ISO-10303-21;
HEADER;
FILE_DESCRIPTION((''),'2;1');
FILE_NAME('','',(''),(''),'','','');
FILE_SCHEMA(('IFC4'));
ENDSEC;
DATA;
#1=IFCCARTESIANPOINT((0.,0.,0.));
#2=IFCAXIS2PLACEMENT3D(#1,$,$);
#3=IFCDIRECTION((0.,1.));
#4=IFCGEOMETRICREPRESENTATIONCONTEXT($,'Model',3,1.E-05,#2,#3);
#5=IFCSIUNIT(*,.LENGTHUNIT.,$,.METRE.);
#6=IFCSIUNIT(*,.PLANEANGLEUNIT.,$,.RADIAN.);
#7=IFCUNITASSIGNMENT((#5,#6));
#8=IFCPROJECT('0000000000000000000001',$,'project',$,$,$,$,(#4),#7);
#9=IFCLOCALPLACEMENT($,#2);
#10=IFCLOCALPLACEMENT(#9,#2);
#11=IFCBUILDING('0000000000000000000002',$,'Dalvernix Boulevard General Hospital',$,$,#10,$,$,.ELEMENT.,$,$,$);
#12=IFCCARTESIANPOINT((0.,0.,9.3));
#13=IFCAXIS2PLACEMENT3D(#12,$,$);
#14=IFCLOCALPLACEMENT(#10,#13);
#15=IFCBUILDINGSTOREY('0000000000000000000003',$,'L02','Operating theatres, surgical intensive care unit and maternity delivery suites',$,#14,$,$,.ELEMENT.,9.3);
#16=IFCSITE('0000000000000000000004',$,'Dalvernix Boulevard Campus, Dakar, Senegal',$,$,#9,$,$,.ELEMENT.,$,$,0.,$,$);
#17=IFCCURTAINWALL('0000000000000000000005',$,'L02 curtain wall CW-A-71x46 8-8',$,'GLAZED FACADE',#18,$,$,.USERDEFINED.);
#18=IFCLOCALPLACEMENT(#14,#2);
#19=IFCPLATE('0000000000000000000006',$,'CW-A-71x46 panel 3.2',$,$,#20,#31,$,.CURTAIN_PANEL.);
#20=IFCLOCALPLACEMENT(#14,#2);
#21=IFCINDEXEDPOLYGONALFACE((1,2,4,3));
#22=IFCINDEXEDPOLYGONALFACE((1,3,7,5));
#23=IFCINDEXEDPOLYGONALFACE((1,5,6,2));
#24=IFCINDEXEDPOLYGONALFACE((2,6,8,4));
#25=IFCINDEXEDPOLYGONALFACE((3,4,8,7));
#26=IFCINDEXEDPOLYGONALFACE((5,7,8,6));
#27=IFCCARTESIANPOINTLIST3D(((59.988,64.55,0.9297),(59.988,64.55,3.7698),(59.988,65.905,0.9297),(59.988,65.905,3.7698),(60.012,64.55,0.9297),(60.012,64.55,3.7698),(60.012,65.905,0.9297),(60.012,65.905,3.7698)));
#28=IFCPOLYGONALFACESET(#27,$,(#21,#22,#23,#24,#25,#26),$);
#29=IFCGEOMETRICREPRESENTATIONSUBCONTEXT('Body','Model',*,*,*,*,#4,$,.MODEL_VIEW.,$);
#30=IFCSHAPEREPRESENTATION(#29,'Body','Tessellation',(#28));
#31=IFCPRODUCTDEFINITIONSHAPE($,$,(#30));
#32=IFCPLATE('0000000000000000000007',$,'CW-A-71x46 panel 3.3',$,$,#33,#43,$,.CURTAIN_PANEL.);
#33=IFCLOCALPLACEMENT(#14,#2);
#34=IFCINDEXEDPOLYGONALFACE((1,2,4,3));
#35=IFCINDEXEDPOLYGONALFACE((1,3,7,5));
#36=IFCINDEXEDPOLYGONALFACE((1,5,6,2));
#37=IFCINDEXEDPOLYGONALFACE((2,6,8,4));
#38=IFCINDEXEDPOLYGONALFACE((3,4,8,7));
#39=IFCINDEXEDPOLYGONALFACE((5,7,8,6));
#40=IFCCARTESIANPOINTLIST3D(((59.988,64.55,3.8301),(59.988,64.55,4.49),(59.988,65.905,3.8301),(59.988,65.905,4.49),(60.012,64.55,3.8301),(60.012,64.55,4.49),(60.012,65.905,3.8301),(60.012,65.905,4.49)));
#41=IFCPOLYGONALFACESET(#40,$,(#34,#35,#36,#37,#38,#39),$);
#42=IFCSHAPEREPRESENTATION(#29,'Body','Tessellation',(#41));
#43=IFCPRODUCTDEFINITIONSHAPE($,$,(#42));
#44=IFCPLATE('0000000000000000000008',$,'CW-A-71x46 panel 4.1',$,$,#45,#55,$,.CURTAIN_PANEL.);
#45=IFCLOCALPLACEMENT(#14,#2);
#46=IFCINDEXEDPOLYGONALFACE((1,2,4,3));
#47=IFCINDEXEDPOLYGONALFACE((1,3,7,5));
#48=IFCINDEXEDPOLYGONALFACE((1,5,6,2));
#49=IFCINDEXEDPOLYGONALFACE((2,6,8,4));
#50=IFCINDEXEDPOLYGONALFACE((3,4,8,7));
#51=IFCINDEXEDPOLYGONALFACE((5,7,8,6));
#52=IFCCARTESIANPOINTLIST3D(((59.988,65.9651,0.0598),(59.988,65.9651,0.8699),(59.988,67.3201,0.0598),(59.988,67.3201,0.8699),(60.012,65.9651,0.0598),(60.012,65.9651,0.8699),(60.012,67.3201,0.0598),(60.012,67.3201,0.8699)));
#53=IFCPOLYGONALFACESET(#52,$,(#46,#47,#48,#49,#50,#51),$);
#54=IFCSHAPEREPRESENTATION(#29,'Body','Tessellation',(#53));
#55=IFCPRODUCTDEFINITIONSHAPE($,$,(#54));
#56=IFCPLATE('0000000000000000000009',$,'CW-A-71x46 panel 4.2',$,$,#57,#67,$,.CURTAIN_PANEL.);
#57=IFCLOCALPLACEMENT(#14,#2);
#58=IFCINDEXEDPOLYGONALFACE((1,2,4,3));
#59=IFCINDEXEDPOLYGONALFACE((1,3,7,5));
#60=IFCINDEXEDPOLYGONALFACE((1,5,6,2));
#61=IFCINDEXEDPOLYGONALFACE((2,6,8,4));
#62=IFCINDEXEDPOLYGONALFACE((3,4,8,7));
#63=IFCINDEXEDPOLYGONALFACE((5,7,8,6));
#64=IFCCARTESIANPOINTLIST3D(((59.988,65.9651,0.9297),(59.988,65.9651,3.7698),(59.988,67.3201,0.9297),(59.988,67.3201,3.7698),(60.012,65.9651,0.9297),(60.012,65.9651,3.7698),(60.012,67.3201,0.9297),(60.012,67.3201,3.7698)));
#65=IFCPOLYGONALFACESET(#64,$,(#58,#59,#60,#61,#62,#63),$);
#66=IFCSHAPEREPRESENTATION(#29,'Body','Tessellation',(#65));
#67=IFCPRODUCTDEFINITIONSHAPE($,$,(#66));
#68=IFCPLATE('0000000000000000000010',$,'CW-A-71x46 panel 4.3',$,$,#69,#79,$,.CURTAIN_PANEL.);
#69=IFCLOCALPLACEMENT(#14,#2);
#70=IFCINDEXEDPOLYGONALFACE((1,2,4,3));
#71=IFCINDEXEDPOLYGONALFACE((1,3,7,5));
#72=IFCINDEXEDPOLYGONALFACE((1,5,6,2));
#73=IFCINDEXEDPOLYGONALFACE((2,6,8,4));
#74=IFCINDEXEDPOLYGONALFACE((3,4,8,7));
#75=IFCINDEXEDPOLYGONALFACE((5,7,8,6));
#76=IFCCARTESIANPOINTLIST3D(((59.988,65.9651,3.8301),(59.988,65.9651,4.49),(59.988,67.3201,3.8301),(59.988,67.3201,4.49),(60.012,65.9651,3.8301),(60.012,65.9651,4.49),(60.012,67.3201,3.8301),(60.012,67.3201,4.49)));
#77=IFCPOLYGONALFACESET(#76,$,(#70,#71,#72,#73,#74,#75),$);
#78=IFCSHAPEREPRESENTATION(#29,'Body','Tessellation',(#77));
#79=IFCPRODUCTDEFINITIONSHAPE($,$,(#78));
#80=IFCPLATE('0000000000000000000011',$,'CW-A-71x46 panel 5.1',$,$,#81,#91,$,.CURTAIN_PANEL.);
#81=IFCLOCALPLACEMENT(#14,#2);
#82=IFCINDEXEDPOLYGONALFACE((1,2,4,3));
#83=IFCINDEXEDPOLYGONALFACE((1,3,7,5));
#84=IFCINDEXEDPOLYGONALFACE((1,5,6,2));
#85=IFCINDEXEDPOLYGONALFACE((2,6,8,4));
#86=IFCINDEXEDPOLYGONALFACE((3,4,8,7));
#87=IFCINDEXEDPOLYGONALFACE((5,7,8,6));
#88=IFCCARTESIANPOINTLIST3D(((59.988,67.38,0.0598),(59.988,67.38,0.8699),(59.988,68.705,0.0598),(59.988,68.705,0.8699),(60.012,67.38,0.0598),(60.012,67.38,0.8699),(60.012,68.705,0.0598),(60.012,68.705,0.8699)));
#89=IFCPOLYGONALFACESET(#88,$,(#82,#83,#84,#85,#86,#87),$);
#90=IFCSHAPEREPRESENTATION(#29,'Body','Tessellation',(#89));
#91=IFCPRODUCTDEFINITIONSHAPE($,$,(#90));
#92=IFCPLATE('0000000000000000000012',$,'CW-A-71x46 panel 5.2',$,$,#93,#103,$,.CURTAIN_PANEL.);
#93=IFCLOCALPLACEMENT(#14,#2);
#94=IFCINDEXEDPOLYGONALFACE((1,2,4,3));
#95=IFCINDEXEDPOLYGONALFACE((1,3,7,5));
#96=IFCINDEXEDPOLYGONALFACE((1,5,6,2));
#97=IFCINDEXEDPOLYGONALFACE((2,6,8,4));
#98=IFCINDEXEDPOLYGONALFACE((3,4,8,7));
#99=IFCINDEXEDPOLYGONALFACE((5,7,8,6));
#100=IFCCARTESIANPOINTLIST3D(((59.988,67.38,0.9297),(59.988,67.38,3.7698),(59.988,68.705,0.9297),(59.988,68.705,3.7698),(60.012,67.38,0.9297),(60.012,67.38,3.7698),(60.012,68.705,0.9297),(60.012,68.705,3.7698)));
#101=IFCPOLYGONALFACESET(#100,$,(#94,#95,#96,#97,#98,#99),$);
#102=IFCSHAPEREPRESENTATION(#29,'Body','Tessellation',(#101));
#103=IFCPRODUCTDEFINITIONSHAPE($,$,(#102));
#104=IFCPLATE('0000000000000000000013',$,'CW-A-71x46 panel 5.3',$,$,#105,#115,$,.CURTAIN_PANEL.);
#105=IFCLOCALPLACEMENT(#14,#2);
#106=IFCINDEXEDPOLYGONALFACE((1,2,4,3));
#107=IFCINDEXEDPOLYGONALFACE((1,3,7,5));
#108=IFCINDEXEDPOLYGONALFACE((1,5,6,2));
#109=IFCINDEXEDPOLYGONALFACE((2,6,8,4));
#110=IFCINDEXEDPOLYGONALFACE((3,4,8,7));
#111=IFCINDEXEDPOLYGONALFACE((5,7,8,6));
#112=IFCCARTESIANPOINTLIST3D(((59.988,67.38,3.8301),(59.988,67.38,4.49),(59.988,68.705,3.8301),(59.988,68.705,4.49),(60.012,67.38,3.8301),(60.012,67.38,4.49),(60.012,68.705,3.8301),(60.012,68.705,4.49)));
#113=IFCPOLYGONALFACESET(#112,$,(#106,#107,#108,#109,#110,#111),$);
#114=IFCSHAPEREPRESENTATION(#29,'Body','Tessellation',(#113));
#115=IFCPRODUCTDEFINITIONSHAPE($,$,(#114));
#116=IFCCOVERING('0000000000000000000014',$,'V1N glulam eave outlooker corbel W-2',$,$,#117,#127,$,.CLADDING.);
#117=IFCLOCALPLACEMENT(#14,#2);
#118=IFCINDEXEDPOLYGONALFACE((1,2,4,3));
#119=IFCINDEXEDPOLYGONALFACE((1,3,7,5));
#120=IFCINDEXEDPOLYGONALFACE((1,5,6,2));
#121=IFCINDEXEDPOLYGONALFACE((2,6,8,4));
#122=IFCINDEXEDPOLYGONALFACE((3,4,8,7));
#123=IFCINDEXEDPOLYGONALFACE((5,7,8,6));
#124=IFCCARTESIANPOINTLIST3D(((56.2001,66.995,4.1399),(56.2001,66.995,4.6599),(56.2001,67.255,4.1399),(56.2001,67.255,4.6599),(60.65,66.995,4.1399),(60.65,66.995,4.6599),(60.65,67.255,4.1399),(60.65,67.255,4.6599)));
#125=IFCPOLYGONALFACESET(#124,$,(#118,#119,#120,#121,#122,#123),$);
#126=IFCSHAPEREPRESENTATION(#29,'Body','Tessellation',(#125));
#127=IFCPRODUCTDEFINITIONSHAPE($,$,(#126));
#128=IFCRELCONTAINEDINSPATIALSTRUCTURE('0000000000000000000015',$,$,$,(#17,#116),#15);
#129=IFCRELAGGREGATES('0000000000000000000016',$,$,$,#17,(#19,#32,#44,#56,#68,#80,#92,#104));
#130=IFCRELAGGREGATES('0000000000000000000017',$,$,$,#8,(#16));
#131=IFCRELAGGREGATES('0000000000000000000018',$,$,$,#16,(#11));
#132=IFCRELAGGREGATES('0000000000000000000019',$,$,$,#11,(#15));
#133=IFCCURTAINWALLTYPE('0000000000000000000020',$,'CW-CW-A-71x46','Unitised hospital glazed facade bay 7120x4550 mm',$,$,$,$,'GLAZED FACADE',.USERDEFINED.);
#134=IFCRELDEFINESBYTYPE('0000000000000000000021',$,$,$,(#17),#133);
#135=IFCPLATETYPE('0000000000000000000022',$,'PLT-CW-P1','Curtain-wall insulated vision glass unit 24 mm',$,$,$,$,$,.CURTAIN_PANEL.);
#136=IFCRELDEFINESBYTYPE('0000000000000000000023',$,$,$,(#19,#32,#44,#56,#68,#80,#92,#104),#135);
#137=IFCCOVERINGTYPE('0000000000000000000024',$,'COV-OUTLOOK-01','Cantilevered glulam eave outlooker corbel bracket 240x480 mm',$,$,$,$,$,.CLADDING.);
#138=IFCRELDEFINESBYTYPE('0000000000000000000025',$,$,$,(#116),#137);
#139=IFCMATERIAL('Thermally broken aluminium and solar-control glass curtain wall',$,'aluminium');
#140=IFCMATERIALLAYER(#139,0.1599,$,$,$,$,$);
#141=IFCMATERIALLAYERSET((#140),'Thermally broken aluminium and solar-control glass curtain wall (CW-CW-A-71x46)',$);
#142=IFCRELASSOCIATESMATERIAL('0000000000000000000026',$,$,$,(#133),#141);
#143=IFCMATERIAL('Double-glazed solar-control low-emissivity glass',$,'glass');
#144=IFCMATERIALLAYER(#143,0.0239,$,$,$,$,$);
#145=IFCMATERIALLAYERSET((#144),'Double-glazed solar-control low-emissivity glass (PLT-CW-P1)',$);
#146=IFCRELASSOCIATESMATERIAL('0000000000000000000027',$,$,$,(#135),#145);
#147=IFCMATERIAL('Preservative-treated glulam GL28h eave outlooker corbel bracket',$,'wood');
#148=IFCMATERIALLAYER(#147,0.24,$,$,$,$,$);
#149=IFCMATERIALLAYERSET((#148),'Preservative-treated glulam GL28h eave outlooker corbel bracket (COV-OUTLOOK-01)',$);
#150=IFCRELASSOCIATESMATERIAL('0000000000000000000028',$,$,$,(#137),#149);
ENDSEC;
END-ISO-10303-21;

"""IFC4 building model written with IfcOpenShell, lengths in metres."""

from ifc_helpers import new_model, si_unit, direction, frame, origin, origin_2d, place, context, subcontext, project, spatial, rectangle, extrude, material, layer, layer_set, type_object, element, aggregate, save


model = new_model("IFC4")

# Units and contexts
model_context = context("Model", 3, precision=1e-05, world=origin(), true_north=direction((0.0, 1.0)))
body_context = subcontext(model_context, "Body", "Model", "MODEL_VIEW")
ifc_project = project(units=[si_unit("LENGTHUNIT", "METRE"), si_unit("PLANEANGLEUNIT", "RADIAN")], contexts=[model_context])

# Site, building, storey
site_placement = place(None, origin())
site = spatial("IfcSite", under=ifc_project, at=site_placement, Name="Dalvernix Boulevard Campus, Dakar, Senegal", CompositionType="ELEMENT", RefElevation=0.0)
building_placement = place(site_placement, origin())
building = spatial("IfcBuilding", under=site, at=building_placement, Name="Dalvernix Boulevard General Hospital", CompositionType="ELEMENT")
storey_placement = place(building_placement, frame((0.0, 0.0, 9.3)))
storey = spatial("IfcBuildingStorey", under=building, at=storey_placement, Name="L02", Description="Operating theatres, surgical intensive care unit and maternity delivery suites", CompositionType="ELEMENT", Elevation=9.3)

# Curtain wall, plates
ifc_material_1 = material(Name="Thermally broken aluminium and solar-control glass curtain wall", Category="aluminium")
ifc_layer_1 = layer(ifc_material_1, 0.1599)
ifc_layer_set_1 = layer_set([ifc_layer_1], Name="Thermally broken aluminium and solar-control glass curtain wall (CW-CW-A-71x46)")
curtain_wall_type = type_object("IfcCurtainWallType", Name="CW-CW-A-71x46", Description="Unitised hospital glazed facade bay 7120x4550 mm", ElementType="GLAZED FACADE", PredefinedType="USERDEFINED", material=ifc_layer_set_1)
curtain_wall_placement = place(storey_placement, origin())
curtain_wall = element("IfcCurtainWall", 1, at=curtain_wall_placement, inside=storey, type_object=curtain_wall_type, Name="L02 curtain wall CW-A-71x46 8-8", ObjectType="GLAZED FACADE", PredefinedType="USERDEFINED")
ifc_material_2 = material(Name="Double-glazed solar-control low-emissivity glass", Category="glass")
ifc_layer_2 = layer(ifc_material_2, 0.0239)
ifc_layer_set_2 = layer_set([ifc_layer_2], Name="Double-glazed solar-control low-emissivity glass (PLT-CW-P1)")
plate_type = type_object("IfcPlateType", Name="PLT-CW-P1", Description="Curtain-wall insulated vision glass unit 24 mm", PredefinedType="CURTAIN_PANEL", material=ifc_layer_set_2)
plate_1_placement = place(storey_placement, frame((60.0, 65.2275, 0.9297), z_axis=(0.0, 0.0, 1.0), x_axis=(0.0, 1.0, 0.0)))
plate_1 = element("IfcPlate", 2, at=plate_1_placement, type_object=plate_type, Name="CW-A-71x46 panel 3.2", PredefinedType="CURTAIN_PANEL", context=body_context, shape_type="SweptSolid", body=[
    extrude(rectangle(XDim=1.355, YDim=0.0239, at=origin_2d()), origin(), (0.0, 0.0, 1.0), 2.8401),
])
plate_2_placement = place(storey_placement, frame((60.0, 65.2275, 3.8301), z_axis=(0.0, 0.0, 1.0), x_axis=(0.0, 1.0, 0.0)))
plate_2 = element("IfcPlate", 3, at=plate_2_placement, type_object=plate_type, Name="CW-A-71x46 panel 3.3", PredefinedType="CURTAIN_PANEL", context=body_context, shape_type="SweptSolid", body=[
    extrude(rectangle(XDim=1.355, YDim=0.0239, at=origin_2d()), origin(), (0.0, 0.0, 1.0), 0.6599),
])
plate_3_placement = place(storey_placement, frame((60.0, 66.6426, 0.0598), z_axis=(0.0, 0.0, 1.0), x_axis=(0.0, 1.0, 0.0)))
plate_3 = element("IfcPlate", 4, at=plate_3_placement, type_object=plate_type, Name="CW-A-71x46 panel 4.1", PredefinedType="CURTAIN_PANEL", context=body_context, shape_type="SweptSolid", body=[
    extrude(rectangle(XDim=1.355, YDim=0.0239, at=origin_2d()), origin(), (0.0, 0.0, 1.0), 0.8101),
])
plate_4_placement = place(storey_placement, frame((60.0, 66.6426, 0.9297), z_axis=(0.0, 0.0, 1.0), x_axis=(0.0, 1.0, 0.0)))
plate_4 = element("IfcPlate", 5, at=plate_4_placement, type_object=plate_type, Name="CW-A-71x46 panel 4.2", PredefinedType="CURTAIN_PANEL", context=body_context, shape_type="SweptSolid", body=[
    extrude(rectangle(XDim=1.355, YDim=0.0239, at=origin_2d()), origin(), (0.0, 0.0, 1.0), 2.8401),
])
plate_5_placement = place(storey_placement, frame((60.0, 66.6426, 3.8301), z_axis=(0.0, 0.0, 1.0), x_axis=(0.0, 1.0, 0.0)))
plate_5 = element("IfcPlate", 6, at=plate_5_placement, type_object=plate_type, Name="CW-A-71x46 panel 4.3", PredefinedType="CURTAIN_PANEL", context=body_context, shape_type="SweptSolid", body=[
    extrude(rectangle(XDim=1.355, YDim=0.0239, at=origin_2d()), origin(), (0.0, 0.0, 1.0), 0.6599),
])
plate_6_placement = place(storey_placement, frame((60.0, 68.0425, 0.0598), z_axis=(0.0, 0.0, 1.0), x_axis=(0.0, 1.0, 0.0)))
plate_6 = element("IfcPlate", 7, at=plate_6_placement, type_object=plate_type, Name="CW-A-71x46 panel 5.1", PredefinedType="CURTAIN_PANEL", context=body_context, shape_type="SweptSolid", body=[
    extrude(rectangle(XDim=1.325, YDim=0.0239, at=origin_2d()), origin(), (0.0, 0.0, 1.0), 0.8101),
])
plate_7_placement = place(storey_placement, frame((60.0, 68.0425, 0.9297), z_axis=(0.0, 0.0, 1.0), x_axis=(0.0, 1.0, 0.0)))
plate_7 = element("IfcPlate", 8, at=plate_7_placement, type_object=plate_type, Name="CW-A-71x46 panel 5.2", PredefinedType="CURTAIN_PANEL", context=body_context, shape_type="SweptSolid", body=[
    extrude(rectangle(XDim=1.325, YDim=0.0239, at=origin_2d()), origin(), (0.0, 0.0, 1.0), 2.8401),
])
plate_8_placement = place(storey_placement, frame((60.0, 68.0425, 3.8301), z_axis=(0.0, 0.0, 1.0), x_axis=(0.0, 1.0, 0.0)))
plate_8 = element("IfcPlate", 9, at=plate_8_placement, type_object=plate_type, Name="CW-A-71x46 panel 5.3", PredefinedType="CURTAIN_PANEL", context=body_context, shape_type="SweptSolid", body=[
    extrude(rectangle(XDim=1.325, YDim=0.0239, at=origin_2d()), origin(), (0.0, 0.0, 1.0), 0.6599),
])
aggregate(curtain_wall, [plate_1, plate_2, plate_3, plate_4, plate_5, plate_6, plate_7, plate_8])

# Covering
ifc_material_3 = material(Name="Preservative-treated glulam GL28h eave outlooker corbel bracket", Category="wood")
ifc_layer_3 = layer(ifc_material_3, 0.24)
ifc_layer_set_3 = layer_set([ifc_layer_3], Name="Preservative-treated glulam GL28h eave outlooker corbel bracket (COV-OUTLOOK-01)")
covering_type = type_object("IfcCoveringType", Name="COV-OUTLOOK-01", Description="Cantilevered glulam eave outlooker corbel bracket 240x480 mm", PredefinedType="CLADDING", material=ifc_layer_set_3)
covering_placement = place(storey_placement, frame((58.425, 67.125, 4.1399), z_axis=(0.0, 0.0, 1.0), x_axis=(1.0, 0.0, 0.0)))
element("IfcCovering", 10, at=covering_placement, inside=storey, type_object=covering_type, Name="V1N glulam eave outlooker corbel W-2", PredefinedType="CLADDING", context=body_context, shape_type="SweptSolid", body=[
    extrude(rectangle(XDim=4.45, YDim=0.26, at=origin_2d()), origin(), (0.0, 0.0, 1.0), 0.52),
])

save(model, "model.ifc")
